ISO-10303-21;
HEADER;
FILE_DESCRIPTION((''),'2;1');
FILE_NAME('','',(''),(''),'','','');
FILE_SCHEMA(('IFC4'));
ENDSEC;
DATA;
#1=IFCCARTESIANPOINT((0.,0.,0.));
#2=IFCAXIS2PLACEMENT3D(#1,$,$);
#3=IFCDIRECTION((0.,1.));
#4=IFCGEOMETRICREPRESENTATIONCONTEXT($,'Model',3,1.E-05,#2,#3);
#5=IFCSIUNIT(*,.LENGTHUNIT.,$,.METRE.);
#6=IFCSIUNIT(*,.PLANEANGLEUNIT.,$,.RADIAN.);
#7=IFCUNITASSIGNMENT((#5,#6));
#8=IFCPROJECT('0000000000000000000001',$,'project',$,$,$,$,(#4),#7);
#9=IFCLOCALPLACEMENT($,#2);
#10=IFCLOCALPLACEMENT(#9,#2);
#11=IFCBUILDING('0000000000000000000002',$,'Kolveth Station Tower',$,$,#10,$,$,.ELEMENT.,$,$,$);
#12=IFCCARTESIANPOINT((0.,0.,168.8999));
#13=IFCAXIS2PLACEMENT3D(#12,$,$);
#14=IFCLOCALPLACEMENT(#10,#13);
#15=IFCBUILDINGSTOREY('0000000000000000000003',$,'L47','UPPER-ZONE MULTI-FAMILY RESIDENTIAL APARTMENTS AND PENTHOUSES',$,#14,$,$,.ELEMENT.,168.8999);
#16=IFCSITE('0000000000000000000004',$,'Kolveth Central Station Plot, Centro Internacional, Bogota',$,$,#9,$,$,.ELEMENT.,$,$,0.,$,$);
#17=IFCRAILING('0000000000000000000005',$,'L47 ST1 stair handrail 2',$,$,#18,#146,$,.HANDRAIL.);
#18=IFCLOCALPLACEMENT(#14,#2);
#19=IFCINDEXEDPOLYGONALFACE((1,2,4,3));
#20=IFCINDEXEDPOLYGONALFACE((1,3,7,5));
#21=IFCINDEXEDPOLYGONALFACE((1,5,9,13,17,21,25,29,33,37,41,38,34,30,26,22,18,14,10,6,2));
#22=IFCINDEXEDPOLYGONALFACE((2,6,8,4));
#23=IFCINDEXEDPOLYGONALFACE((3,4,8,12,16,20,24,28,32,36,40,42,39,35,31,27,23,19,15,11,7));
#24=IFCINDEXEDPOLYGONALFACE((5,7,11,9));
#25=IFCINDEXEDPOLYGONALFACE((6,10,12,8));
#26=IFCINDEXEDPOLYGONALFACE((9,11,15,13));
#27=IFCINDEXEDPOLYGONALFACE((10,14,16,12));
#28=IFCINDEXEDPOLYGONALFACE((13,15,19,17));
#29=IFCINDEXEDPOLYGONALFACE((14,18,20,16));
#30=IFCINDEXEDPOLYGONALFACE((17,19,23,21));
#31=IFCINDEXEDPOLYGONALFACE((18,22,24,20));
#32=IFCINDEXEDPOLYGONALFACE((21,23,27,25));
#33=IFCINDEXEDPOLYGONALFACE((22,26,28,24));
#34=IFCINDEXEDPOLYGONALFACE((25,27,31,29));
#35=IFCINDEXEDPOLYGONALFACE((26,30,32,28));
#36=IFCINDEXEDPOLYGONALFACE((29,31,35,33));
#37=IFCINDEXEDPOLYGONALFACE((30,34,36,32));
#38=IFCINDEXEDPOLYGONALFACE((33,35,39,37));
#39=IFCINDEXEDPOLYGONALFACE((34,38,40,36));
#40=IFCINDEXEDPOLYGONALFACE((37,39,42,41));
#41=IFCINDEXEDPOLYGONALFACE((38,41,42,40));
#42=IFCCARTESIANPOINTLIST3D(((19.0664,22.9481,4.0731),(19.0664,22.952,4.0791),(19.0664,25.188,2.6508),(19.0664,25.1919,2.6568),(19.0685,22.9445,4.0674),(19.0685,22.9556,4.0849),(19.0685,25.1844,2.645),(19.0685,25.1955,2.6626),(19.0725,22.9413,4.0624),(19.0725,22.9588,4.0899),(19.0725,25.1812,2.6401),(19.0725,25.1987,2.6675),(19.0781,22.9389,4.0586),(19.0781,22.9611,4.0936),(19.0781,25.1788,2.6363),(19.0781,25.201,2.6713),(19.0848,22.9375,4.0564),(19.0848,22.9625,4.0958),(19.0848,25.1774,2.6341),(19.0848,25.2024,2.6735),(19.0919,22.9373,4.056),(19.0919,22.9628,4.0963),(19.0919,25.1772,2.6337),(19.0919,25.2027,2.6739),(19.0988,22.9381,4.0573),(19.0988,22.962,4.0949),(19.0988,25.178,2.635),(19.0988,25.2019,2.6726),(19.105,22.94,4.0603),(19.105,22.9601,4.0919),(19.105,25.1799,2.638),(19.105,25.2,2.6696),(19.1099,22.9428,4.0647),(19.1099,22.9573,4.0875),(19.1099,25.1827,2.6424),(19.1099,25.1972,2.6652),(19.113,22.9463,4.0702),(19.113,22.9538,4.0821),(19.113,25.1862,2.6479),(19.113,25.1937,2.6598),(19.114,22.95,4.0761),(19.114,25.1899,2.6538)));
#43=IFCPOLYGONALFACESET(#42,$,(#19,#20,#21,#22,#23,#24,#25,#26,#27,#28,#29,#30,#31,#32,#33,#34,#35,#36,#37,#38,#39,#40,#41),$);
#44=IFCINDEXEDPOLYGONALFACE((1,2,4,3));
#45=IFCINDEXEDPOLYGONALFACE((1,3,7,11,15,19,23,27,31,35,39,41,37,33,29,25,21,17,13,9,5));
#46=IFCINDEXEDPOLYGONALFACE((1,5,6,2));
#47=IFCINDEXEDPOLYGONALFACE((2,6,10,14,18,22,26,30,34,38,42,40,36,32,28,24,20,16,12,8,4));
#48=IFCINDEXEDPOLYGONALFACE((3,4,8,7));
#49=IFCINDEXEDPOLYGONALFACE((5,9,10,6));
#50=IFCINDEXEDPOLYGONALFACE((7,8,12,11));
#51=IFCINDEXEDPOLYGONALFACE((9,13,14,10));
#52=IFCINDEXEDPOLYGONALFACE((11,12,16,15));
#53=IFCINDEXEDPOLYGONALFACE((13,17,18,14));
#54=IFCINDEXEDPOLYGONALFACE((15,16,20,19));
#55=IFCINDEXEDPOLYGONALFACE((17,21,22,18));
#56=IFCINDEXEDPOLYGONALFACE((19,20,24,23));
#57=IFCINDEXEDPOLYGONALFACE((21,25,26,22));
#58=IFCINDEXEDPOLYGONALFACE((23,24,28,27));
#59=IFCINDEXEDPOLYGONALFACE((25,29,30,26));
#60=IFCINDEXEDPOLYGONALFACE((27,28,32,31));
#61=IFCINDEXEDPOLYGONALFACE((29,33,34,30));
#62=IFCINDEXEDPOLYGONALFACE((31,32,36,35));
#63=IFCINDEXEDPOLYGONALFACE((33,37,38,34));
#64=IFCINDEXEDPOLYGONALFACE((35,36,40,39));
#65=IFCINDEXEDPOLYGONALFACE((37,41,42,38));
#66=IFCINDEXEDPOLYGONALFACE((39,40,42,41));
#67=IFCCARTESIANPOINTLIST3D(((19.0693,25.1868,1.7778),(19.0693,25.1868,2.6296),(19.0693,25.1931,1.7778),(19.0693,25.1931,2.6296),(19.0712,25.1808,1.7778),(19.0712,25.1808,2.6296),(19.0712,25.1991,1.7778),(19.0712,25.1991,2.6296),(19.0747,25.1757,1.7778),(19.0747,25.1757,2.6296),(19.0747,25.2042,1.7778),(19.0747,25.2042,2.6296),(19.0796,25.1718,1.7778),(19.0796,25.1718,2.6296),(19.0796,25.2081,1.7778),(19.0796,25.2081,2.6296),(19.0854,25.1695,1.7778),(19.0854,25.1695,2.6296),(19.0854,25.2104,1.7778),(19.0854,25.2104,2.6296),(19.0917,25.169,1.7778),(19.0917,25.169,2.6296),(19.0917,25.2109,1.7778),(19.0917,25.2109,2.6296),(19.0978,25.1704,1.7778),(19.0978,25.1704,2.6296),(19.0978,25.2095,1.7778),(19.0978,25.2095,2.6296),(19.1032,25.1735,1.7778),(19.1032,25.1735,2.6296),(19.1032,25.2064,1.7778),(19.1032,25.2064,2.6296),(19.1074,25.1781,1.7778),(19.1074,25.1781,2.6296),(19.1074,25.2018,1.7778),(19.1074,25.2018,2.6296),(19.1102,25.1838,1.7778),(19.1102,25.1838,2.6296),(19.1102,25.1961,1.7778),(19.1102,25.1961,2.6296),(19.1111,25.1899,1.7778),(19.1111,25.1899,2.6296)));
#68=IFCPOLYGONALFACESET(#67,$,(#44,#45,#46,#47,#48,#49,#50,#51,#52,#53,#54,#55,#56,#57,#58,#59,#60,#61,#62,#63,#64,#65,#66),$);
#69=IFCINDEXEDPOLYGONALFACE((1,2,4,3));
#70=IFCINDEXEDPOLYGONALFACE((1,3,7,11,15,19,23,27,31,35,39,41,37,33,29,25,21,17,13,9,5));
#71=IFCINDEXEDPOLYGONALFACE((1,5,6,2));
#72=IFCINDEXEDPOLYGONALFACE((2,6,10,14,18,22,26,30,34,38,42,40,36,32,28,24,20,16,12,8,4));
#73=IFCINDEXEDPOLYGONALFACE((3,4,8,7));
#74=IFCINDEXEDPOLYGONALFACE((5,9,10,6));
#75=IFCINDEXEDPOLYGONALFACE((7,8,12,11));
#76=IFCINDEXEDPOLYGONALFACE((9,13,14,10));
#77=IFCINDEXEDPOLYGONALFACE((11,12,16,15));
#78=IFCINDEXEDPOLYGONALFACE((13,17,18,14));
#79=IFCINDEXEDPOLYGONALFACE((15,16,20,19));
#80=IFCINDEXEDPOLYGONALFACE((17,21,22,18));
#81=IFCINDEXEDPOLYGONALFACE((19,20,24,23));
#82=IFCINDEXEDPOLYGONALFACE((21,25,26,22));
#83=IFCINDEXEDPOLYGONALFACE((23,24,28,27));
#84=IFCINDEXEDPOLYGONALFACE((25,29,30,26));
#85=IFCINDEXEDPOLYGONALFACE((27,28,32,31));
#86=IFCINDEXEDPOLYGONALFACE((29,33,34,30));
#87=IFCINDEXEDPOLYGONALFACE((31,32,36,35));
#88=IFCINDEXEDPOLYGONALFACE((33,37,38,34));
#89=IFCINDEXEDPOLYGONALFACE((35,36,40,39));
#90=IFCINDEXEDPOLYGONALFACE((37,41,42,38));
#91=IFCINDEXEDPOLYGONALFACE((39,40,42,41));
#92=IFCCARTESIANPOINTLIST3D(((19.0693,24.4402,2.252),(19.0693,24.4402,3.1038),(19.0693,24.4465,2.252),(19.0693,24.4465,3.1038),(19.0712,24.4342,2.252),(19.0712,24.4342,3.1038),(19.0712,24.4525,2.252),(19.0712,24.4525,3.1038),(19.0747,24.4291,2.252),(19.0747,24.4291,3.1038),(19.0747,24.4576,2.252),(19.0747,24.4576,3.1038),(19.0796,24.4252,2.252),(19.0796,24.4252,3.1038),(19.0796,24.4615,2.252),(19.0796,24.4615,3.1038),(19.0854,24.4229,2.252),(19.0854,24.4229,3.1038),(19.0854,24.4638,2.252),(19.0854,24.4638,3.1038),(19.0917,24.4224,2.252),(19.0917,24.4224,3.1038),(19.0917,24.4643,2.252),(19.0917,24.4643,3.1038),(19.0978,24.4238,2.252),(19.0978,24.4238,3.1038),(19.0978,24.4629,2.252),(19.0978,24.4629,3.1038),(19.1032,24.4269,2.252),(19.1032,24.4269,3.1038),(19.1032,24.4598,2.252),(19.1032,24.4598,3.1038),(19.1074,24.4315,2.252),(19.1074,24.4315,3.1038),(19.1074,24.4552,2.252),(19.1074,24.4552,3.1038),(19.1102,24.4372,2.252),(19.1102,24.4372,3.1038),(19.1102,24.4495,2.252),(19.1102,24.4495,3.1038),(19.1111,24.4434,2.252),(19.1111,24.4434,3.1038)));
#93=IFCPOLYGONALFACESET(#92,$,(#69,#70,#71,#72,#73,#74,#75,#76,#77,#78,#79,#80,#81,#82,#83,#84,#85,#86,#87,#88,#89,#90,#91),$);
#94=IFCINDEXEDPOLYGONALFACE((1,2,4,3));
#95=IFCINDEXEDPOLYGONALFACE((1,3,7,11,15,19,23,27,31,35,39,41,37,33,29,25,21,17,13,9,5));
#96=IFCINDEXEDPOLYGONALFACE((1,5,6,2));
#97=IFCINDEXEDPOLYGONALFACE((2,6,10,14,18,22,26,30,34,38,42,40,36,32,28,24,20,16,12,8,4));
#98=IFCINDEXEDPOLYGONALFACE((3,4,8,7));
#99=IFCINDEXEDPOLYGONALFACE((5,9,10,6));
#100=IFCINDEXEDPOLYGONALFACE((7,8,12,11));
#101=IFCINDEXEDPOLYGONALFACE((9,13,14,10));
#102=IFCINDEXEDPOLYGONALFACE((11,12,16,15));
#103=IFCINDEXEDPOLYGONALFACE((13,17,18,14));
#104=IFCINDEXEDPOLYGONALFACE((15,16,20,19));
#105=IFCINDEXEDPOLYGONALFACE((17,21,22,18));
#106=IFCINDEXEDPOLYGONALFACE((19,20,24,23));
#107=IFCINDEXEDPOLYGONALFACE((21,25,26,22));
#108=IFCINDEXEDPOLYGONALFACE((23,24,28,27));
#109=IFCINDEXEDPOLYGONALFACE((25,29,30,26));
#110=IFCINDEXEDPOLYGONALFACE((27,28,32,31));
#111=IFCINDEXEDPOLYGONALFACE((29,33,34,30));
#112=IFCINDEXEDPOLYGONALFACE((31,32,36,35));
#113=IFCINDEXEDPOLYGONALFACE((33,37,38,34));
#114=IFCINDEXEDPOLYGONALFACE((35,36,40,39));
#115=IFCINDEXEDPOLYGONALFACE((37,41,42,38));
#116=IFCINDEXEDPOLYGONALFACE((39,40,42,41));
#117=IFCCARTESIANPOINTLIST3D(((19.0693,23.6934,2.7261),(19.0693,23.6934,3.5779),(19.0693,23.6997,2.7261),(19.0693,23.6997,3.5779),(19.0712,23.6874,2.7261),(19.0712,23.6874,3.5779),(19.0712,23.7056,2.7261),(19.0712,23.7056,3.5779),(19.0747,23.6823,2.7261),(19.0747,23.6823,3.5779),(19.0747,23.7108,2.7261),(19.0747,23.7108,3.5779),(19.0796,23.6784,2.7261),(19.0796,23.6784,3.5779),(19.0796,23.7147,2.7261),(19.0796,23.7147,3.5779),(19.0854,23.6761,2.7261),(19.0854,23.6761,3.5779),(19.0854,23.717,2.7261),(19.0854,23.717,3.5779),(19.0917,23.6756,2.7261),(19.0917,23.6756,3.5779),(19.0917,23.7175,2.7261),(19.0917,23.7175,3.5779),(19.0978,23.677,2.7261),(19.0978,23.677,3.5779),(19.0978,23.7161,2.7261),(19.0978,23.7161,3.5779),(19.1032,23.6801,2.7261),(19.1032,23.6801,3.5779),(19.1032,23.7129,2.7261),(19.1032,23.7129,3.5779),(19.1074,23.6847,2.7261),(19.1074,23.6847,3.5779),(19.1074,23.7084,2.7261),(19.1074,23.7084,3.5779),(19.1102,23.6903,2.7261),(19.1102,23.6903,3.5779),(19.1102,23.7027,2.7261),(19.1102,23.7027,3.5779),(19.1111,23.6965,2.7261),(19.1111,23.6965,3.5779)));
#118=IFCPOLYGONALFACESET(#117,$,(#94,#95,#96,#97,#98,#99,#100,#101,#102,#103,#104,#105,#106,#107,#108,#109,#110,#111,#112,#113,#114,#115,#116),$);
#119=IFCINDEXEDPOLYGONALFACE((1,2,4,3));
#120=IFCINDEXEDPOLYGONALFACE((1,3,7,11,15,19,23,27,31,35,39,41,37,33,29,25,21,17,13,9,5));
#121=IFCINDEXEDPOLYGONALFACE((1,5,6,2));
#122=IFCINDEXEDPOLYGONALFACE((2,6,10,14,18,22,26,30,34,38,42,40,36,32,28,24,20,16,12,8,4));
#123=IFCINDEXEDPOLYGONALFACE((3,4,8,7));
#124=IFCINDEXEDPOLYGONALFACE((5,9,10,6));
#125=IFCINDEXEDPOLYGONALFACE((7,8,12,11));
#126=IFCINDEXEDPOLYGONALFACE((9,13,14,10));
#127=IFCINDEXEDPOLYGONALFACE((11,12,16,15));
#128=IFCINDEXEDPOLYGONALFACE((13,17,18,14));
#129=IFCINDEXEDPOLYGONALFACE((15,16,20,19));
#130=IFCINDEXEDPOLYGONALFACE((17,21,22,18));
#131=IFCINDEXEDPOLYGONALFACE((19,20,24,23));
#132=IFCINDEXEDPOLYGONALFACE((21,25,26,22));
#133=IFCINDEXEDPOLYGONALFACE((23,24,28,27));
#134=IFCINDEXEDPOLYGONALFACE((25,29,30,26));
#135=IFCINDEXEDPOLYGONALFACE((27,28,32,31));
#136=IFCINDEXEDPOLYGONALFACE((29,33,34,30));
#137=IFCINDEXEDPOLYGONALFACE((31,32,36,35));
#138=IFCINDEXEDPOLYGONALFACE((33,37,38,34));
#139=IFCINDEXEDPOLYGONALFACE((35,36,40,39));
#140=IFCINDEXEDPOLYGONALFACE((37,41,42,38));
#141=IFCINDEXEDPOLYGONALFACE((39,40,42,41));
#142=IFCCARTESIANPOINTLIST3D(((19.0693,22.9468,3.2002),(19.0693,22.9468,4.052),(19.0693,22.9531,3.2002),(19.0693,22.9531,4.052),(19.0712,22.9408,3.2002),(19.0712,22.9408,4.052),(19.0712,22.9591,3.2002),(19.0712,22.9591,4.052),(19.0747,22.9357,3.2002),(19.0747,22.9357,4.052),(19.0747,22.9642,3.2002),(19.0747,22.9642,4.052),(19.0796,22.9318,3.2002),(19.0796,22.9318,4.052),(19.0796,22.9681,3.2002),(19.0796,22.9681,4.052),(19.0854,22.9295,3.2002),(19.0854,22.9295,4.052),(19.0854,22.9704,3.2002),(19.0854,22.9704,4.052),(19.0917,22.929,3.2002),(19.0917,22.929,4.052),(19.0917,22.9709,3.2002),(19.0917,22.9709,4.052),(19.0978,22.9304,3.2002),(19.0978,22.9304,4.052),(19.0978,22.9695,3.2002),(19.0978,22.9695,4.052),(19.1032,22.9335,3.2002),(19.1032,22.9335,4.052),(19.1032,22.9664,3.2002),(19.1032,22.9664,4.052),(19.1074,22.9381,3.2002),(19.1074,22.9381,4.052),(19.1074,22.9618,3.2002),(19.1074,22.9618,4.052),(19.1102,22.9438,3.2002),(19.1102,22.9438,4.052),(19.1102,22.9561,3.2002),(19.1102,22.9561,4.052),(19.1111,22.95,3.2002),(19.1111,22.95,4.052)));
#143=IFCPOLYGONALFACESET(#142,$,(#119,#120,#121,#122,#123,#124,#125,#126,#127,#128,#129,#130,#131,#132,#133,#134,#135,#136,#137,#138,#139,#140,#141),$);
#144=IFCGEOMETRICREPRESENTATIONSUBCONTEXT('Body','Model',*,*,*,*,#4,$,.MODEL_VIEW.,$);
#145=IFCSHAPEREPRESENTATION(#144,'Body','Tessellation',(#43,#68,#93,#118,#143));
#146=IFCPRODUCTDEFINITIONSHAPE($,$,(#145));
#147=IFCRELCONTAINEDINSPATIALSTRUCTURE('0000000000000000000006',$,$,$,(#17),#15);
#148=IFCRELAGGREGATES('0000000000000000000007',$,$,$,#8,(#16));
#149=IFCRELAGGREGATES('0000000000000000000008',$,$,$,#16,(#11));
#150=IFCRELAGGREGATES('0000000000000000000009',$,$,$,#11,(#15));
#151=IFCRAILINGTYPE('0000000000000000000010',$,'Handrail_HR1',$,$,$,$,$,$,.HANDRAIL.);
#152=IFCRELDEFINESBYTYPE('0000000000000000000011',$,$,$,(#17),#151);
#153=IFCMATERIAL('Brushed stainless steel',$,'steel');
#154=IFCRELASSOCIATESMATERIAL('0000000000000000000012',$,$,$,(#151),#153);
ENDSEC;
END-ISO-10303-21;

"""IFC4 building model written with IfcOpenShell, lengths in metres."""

from ifc_helpers import new_model, si_unit, direction, frame, origin, origin_2d, place, context, subcontext, project, spatial, circle, extrude, material, type_object, element, save


model = new_model("IFC4")

# Units and contexts
model_context = context("Model", 3, precision=1e-05, world=origin(), true_north=direction((0.0, 1.0)))
body_context = subcontext(model_context, "Body", "Model", "MODEL_VIEW")
ifc_project = project(units=[si_unit("LENGTHUNIT", "METRE"), si_unit("PLANEANGLEUNIT", "RADIAN")], contexts=[model_context])

# Site, building, storey
site_placement = place(None, origin())
site = spatial("IfcSite", under=ifc_project, at=site_placement, Name="Kolveth Central Station Plot, Centro Internacional, Bogota", CompositionType="ELEMENT", RefElevation=0.0)
building_placement = place(site_placement, origin())
building = spatial("IfcBuilding", under=site, at=building_placement, Name="Kolveth Station Tower", CompositionType="ELEMENT")
storey_placement = place(building_placement, frame((0.0, 0.0, 168.8999)))
storey = spatial("IfcBuildingStorey", under=building, at=storey_placement, Name="L47", Description="UPPER-ZONE MULTI-FAMILY RESIDENTIAL APARTMENTS AND PENTHOUSES", CompositionType="ELEMENT", Elevation=168.8999)

# Railing
ifc_material_1 = material(Name="Brushed stainless steel", Category="steel")
railing_type_1 = type_object("IfcRailingType", Name="Handrail_HR1", PredefinedType="HANDRAIL", material=ifc_material_1)
for number, where, name in (
    (1, (19.0901, 25.1899, 1.7778), "L47 ST1 stair handrail 2"),
):
    element("IfcRailing", number, at=place(storey_placement, frame(where)), inside=storey, type_object=railing_type_1, Name=name, PredefinedType="HANDRAIL", context=body_context, shape_type="SweptSolid", body=[
        extrude(circle(Radius=0.0239, at=origin_2d()), frame((0.0, 0.0, 0.876), z_axis=(0.0, -0.844188, 0.536048), x_axis=(1.0, 0.0, 0.0)), (0.0, 0.0, 1.0), 2.6533),
        extrude(circle(Radius=0.021, at=origin_2d()), origin(), (0.0, 0.0, 1.0), 0.8518),
        extrude(circle(Radius=0.021, at=origin_2d()), frame((0.0, -0.7466, 0.4741)), (0.0, 0.0, 1.0), 0.8518),
        extrude(circle(Radius=0.021, at=origin_2d()), frame((0.0, -1.4934, 0.9482)), (0.0, 0.0, 1.0), 0.8518),
        extrude(circle(Radius=0.021, at=origin_2d()), frame((0.0, -2.24, 1.4224)), (0.0, 0.0, 1.0), 0.8518),
    ])

save(model, "model.ifc")
